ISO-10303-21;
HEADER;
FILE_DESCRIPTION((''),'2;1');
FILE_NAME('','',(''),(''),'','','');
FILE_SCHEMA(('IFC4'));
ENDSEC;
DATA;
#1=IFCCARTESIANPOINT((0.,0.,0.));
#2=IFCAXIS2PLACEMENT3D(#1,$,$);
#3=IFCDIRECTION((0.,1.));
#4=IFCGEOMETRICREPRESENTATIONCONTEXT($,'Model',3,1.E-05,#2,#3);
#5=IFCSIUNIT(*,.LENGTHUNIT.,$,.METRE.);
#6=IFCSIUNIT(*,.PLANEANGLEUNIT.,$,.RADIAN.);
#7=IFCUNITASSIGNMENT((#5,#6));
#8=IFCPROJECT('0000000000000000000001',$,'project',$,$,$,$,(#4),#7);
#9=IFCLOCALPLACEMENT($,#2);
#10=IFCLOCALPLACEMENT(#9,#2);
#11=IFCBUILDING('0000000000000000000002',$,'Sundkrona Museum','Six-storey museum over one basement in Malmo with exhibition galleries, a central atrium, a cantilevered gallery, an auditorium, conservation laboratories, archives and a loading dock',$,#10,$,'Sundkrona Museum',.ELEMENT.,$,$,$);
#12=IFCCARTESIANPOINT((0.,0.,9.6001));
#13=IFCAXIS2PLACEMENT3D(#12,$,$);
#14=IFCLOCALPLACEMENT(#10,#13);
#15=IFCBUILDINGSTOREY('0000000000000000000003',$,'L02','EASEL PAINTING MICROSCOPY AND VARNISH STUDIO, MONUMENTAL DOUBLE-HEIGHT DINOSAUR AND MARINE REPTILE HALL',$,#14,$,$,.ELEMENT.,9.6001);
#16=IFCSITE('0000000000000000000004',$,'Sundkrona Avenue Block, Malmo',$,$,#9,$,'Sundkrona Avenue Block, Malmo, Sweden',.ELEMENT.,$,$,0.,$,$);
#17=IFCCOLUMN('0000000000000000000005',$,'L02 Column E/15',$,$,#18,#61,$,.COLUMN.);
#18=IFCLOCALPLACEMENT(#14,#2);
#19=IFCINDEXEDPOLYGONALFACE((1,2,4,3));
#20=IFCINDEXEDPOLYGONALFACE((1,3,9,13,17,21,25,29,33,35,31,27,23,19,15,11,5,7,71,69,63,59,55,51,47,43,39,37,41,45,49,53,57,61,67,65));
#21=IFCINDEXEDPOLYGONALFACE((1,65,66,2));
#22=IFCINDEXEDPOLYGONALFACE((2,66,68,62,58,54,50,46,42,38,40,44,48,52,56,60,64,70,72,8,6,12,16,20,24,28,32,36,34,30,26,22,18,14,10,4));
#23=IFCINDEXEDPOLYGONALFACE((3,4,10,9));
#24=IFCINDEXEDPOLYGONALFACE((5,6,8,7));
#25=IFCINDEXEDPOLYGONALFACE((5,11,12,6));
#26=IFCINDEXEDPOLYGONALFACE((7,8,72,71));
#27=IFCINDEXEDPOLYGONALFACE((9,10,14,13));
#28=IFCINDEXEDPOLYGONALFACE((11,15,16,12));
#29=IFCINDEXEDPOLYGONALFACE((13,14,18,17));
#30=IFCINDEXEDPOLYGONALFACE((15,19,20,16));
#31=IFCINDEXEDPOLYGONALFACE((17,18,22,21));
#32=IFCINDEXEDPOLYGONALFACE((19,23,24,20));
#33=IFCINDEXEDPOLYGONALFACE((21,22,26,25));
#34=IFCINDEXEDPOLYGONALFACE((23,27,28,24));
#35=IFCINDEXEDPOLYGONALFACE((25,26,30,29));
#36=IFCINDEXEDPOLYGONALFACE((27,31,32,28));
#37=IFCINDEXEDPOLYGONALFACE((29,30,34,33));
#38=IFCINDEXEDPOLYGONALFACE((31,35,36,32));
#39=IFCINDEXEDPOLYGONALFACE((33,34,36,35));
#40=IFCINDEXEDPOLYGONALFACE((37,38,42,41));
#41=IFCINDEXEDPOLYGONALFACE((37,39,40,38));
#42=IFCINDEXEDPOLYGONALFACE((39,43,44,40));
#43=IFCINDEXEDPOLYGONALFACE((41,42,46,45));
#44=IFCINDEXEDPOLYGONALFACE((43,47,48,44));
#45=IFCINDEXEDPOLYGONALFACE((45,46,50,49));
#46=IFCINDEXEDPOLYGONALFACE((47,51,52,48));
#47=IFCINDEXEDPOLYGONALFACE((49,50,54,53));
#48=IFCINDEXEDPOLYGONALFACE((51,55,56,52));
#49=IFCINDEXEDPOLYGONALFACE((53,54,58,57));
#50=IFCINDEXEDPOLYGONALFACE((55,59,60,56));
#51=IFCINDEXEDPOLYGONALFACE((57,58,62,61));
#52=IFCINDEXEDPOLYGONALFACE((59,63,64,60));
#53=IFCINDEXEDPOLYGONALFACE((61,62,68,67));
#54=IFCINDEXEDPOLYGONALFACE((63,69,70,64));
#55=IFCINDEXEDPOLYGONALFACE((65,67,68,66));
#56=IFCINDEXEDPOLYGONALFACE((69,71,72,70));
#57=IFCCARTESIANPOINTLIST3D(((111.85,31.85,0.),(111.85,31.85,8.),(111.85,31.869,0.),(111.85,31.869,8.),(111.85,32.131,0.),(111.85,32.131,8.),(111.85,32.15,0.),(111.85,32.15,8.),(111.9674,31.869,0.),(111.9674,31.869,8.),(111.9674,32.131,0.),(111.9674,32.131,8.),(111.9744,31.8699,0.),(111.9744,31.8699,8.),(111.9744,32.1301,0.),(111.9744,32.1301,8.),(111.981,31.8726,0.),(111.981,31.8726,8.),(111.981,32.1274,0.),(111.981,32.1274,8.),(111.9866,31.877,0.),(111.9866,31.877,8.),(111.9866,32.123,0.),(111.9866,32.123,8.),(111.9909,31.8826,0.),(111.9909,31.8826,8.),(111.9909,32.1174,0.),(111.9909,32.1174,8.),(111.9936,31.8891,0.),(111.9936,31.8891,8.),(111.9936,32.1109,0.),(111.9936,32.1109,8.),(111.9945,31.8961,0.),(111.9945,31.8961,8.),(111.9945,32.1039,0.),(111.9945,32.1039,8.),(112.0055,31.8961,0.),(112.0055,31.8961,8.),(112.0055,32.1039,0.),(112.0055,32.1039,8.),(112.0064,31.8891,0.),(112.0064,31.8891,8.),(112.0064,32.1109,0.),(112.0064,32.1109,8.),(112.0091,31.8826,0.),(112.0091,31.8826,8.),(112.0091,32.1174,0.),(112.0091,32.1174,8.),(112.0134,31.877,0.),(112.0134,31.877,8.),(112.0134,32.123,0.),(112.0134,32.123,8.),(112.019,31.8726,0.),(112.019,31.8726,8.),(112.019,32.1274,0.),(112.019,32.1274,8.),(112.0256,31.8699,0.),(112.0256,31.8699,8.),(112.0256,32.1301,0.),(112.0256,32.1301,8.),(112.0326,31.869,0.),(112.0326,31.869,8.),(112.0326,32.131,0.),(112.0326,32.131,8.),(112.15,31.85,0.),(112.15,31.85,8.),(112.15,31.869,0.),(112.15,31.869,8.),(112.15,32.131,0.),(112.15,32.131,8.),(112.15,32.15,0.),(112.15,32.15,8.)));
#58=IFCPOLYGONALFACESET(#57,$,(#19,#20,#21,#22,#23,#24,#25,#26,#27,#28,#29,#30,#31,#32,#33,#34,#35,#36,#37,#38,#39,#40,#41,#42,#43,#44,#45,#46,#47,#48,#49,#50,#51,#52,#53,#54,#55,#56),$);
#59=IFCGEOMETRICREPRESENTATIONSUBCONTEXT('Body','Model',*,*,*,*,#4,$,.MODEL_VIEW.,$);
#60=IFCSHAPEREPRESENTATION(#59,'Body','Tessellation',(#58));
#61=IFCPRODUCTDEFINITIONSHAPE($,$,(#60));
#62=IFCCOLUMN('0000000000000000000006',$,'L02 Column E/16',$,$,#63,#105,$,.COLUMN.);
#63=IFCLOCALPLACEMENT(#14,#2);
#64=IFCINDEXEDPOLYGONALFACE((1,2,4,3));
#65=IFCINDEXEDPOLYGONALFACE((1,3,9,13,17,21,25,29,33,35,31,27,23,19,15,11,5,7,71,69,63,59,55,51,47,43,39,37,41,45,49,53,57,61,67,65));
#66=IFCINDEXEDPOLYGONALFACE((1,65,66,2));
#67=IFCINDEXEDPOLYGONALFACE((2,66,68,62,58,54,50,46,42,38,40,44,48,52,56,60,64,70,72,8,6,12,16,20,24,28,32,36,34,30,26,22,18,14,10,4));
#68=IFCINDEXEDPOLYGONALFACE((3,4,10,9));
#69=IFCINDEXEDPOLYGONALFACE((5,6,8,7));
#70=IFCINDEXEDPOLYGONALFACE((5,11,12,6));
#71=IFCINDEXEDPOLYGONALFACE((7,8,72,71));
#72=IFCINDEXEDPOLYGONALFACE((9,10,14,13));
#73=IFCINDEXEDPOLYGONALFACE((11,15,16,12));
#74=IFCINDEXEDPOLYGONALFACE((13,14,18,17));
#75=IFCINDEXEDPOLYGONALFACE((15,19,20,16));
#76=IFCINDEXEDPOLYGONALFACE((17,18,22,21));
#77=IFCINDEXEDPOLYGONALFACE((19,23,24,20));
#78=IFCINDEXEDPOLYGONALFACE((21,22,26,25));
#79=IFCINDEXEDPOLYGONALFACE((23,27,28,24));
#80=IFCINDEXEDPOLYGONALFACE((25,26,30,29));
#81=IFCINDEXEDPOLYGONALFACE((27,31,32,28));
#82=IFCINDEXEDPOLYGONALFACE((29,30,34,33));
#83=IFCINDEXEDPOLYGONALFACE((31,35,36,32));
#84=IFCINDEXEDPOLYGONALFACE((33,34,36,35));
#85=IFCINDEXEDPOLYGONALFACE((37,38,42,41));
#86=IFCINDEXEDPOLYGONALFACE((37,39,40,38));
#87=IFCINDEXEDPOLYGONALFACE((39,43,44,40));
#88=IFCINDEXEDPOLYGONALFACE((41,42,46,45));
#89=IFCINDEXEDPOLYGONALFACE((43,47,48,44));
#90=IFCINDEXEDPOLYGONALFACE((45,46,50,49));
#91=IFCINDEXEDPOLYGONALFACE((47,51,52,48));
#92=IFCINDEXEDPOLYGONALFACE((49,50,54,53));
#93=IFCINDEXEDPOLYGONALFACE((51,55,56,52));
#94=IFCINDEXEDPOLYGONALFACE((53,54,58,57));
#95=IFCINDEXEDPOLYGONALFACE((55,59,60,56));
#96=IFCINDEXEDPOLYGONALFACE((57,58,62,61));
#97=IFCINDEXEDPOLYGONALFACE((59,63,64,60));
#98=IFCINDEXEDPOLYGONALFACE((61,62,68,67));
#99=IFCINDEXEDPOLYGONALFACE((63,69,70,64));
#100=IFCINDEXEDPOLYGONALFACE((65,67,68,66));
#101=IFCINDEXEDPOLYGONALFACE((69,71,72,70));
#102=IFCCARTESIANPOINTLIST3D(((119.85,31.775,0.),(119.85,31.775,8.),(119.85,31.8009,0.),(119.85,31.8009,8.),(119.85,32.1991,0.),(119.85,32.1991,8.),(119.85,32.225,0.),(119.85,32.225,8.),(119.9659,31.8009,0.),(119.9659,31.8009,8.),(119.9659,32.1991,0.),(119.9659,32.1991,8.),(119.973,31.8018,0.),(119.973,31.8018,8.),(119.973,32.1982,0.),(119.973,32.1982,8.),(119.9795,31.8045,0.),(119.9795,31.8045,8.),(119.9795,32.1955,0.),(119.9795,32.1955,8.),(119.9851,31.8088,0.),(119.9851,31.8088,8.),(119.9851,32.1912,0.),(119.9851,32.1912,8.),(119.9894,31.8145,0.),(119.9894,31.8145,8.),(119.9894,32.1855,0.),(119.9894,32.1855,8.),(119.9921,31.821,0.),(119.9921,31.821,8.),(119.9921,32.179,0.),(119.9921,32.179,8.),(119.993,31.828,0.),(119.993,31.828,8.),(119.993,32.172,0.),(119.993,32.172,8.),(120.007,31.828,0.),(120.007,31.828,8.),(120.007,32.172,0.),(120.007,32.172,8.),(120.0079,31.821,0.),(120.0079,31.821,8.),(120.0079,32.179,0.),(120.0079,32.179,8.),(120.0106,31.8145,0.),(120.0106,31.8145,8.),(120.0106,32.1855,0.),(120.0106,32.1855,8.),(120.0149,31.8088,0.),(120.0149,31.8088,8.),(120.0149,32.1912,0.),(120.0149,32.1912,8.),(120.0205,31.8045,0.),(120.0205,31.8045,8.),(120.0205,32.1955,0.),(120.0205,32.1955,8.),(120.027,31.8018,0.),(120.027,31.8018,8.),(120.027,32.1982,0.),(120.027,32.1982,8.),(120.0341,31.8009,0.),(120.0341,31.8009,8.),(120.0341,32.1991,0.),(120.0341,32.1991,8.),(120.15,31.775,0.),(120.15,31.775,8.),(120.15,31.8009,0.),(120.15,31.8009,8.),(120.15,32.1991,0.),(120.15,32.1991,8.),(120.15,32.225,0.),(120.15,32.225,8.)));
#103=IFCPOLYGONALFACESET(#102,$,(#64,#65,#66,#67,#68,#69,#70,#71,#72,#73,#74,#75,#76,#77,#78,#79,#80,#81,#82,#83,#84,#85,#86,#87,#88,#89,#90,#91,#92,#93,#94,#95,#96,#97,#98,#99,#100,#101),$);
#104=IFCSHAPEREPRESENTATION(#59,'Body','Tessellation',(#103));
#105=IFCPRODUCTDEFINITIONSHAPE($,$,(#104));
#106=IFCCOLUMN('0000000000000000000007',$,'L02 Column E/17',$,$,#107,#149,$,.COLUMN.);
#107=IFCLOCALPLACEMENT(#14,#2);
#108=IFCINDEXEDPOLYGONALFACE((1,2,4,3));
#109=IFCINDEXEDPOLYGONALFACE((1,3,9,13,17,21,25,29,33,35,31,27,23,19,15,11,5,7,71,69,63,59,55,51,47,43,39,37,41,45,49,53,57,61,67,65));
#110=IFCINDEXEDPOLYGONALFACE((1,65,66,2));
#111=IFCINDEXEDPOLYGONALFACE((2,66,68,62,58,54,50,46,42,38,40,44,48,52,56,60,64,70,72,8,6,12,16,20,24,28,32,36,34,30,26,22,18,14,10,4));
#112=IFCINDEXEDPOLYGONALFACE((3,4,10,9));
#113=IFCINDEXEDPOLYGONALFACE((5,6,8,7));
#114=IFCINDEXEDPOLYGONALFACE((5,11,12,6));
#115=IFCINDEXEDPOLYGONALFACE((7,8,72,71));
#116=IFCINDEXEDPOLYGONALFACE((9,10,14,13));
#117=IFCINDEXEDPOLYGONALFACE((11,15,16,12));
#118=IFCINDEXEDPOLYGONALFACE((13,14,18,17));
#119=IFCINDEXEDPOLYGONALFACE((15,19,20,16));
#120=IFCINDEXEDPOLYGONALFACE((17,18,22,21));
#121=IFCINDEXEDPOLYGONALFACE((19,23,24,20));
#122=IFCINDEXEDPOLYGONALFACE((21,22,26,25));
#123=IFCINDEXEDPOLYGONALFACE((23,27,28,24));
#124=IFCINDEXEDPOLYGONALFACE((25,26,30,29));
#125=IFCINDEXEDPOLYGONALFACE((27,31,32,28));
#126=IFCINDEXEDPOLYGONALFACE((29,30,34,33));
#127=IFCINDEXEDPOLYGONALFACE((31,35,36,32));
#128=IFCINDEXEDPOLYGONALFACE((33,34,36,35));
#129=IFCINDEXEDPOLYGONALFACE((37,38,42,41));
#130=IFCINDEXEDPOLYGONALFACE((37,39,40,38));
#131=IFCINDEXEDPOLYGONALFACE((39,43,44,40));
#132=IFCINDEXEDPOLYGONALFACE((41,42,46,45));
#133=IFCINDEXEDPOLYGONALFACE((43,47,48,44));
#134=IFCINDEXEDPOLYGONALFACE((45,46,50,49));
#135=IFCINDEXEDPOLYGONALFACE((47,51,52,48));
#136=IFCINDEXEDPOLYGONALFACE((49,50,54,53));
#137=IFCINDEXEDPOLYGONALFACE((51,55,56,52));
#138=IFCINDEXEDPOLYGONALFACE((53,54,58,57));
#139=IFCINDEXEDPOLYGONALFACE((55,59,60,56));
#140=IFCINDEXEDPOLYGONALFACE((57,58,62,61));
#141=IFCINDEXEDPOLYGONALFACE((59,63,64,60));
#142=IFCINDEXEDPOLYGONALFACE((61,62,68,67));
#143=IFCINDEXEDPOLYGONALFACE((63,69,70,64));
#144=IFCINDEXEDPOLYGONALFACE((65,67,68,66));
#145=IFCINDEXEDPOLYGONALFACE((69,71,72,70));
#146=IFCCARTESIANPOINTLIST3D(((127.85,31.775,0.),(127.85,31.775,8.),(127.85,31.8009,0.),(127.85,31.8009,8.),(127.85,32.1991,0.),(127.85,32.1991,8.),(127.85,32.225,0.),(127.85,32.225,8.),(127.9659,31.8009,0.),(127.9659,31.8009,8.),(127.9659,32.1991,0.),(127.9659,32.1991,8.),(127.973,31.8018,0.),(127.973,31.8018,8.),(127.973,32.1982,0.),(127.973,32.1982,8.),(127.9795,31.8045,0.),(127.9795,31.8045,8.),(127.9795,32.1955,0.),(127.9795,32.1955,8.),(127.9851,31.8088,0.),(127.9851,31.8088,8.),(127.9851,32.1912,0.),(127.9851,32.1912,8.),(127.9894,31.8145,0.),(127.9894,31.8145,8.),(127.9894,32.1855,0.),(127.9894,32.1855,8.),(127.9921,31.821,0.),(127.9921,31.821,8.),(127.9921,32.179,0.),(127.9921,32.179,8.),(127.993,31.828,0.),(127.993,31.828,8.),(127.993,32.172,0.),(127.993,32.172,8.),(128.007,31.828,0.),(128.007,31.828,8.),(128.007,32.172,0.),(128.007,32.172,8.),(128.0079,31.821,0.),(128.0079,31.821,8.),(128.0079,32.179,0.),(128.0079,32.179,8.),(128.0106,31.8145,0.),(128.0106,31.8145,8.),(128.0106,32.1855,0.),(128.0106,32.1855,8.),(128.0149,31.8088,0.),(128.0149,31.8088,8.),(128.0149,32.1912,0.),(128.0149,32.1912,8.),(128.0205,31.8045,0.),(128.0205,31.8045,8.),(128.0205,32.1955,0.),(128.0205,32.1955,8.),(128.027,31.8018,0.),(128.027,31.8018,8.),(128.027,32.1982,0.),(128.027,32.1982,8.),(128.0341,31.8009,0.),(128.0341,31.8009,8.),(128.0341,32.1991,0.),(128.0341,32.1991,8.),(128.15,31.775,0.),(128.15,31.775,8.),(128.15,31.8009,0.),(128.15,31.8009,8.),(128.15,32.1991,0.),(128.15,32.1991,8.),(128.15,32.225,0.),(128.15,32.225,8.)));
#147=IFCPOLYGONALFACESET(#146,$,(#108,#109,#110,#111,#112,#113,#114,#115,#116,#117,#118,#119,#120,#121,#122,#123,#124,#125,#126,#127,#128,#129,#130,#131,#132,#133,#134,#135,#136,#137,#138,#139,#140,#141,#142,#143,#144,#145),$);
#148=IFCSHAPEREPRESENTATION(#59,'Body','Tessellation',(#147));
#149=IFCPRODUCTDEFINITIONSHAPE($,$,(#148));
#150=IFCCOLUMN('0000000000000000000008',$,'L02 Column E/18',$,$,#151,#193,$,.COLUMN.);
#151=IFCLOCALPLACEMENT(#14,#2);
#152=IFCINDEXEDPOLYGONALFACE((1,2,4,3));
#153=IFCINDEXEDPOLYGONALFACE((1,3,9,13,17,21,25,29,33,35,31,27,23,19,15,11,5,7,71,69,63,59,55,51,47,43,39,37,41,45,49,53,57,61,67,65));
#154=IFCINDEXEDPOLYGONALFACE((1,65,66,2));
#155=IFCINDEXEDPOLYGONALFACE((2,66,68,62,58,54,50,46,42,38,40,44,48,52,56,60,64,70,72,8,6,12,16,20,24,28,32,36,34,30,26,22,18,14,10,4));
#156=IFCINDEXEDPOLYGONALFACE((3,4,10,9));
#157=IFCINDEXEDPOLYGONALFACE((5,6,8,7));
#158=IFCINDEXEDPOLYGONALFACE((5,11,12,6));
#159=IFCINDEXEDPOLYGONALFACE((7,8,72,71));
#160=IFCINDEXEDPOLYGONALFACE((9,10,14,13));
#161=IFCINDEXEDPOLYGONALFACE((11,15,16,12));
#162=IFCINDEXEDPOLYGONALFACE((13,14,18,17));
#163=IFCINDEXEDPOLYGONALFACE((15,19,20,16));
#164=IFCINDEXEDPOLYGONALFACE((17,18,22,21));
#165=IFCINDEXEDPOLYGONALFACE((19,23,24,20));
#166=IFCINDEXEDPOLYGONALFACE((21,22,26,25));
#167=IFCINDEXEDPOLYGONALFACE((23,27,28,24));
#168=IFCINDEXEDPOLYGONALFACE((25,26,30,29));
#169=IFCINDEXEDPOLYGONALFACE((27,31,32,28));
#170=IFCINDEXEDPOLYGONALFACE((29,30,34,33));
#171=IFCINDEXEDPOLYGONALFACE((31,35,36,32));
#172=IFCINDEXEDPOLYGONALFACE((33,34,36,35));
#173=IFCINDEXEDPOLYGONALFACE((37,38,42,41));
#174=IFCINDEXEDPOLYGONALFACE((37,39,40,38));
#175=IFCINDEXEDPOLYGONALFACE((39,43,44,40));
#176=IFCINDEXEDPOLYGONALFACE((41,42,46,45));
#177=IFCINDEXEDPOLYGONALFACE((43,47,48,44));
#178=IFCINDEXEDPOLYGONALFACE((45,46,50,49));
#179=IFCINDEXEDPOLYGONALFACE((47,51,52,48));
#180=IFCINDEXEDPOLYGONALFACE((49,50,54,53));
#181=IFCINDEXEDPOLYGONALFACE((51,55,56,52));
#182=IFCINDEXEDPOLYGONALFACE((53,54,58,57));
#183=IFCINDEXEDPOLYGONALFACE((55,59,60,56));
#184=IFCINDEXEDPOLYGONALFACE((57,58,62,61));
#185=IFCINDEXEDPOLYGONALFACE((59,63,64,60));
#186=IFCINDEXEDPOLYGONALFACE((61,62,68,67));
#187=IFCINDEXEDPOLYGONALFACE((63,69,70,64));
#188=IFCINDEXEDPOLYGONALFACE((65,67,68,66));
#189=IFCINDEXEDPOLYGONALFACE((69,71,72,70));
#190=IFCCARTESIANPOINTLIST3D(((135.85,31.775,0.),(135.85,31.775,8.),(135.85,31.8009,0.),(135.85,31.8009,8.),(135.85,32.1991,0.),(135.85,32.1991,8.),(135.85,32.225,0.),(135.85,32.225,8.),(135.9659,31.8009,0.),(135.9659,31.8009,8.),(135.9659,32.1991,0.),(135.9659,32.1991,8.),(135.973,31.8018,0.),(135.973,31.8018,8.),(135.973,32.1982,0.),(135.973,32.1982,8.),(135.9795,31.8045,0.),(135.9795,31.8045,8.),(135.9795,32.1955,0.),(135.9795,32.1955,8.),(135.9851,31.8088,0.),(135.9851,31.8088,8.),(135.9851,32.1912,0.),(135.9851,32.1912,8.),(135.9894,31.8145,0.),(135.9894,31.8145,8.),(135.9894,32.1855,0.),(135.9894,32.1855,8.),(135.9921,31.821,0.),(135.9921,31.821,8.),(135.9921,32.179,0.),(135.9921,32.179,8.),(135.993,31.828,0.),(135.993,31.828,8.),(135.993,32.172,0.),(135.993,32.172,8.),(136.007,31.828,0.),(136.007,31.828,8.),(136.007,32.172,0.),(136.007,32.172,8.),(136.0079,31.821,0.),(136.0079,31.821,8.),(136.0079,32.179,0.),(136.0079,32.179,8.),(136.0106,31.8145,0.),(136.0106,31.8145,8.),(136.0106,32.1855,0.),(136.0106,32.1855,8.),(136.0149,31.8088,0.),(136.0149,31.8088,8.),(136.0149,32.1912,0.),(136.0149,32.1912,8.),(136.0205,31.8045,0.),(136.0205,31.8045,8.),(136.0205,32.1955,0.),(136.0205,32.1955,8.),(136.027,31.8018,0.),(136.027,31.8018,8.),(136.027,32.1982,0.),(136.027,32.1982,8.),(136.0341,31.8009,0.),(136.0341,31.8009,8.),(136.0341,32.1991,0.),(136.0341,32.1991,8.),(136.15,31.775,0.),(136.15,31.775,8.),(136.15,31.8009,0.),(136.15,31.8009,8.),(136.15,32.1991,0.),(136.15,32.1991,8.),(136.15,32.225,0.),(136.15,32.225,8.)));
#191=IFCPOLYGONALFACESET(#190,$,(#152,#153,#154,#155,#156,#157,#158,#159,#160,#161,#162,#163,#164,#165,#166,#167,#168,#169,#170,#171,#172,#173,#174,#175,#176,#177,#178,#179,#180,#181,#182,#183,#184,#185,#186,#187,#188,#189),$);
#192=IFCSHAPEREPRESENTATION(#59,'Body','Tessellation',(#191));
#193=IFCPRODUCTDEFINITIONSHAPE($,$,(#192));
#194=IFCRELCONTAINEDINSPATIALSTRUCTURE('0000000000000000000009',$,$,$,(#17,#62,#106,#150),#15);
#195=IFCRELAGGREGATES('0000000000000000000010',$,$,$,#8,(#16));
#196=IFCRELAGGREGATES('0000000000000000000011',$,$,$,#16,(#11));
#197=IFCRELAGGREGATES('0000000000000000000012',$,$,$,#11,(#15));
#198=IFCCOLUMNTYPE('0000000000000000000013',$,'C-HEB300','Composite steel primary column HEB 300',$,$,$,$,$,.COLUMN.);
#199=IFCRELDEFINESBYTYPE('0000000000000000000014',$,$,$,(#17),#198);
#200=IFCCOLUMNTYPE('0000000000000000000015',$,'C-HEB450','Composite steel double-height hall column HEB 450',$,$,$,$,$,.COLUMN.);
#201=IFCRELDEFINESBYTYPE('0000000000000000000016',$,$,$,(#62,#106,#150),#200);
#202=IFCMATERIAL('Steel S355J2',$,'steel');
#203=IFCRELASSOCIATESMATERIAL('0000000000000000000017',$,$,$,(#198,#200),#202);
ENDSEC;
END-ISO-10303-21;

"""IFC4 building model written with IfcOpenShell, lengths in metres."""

from ifc_helpers import new_model, si_unit, direction, frame, origin, origin_2d, place, context, subcontext, project, spatial, i_section, extrude, material, material_profile, profile_set, type_object, element, save


model = new_model("IFC4")

# Units and contexts
model_context = context("Model", 3, precision=1e-05, world=origin(), true_north=direction((0.0, 1.0)))
body_context = subcontext(model_context, "Body", "Model", "MODEL_VIEW")
ifc_project = project(units=[si_unit("LENGTHUNIT", "METRE"), si_unit("PLANEANGLEUNIT", "RADIAN")], contexts=[model_context])

# Site, building, storey
site_placement = place(None, origin())
site = spatial("IfcSite", under=ifc_project, at=site_placement, Name="Sundkrona Avenue Block, Malmo", LongName="Sundkrona Avenue Block, Malmo, Sweden", CompositionType="ELEMENT", RefElevation=0.0)
building_placement = place(site_placement, origin())
building = spatial("IfcBuilding", under=site, at=building_placement, Name="Sundkrona Museum", Description="Six-storey museum over one basement in Malmo with exhibition galleries, a central atrium, a cantilevered gallery, an auditorium, conservation laboratories, archives and a loading dock", LongName="Sundkrona Museum", CompositionType="ELEMENT")
storey_placement = place(building_placement, frame((0.0, 0.0, 9.6001)))
storey = spatial("IfcBuildingStorey", under=building, at=storey_placement, Name="L02", Description="EASEL PAINTING MICROSCOPY AND VARNISH STUDIO, MONUMENTAL DOUBLE-HEIGHT DINOSAUR AND MARINE REPTILE HALL", CompositionType="ELEMENT", Elevation=9.6001)

# Columns
ifc_material_1 = material(Name="Steel S355J2", Category="steel")
ifc_material_profile_1 = material_profile(ifc_material_1, i_section(OverallWidth=0.3, OverallDepth=0.3, WebThickness=0.011, FlangeThickness=0.019, FilletRadius=0.0271, at=origin_2d()), Name="HEB 300")
ifc_profile_set_1 = profile_set([ifc_material_profile_1], Name="Steel S355J2")
column_type_1 = type_object("IfcColumnType", Name="C-HEB300", Description="Composite steel primary column HEB 300", PredefinedType="COLUMN", material=ifc_profile_set_1)
column_placement = place(storey_placement, frame((112.0, 32.0, 0.0), z_axis=(0.0, 0.0, 1.0), x_axis=(1.0, 0.0, 0.0)))
element("IfcColumn", 1, at=column_placement, inside=storey, type_object=column_type_1, Name="L02 Column E/15", PredefinedType="COLUMN", context=body_context, shape_type="SweptSolid", body=[
    extrude(i_section(OverallWidth=0.3, OverallDepth=0.3, WebThickness=0.011, FlangeThickness=0.019, FilletRadius=0.0271, at=origin_2d()), origin(), (0.0, 0.0, 1.0), 8.0),
])
ifc_material_profile_2 = material_profile(ifc_material_1, i_section(OverallWidth=0.3, OverallDepth=0.45, WebThickness=0.0139, FlangeThickness=0.0259, FilletRadius=0.0271, at=origin_2d()), Name="HEB 450")
ifc_profile_set_2 = profile_set([ifc_material_profile_2], Name="Steel S355J2")
column_type_2 = type_object("IfcColumnType", Name="C-HEB450", Description="Composite steel double-height hall column HEB 450", PredefinedType="COLUMN", material=ifc_profile_set_2)
for number, where, z_axis, x_axis, name in (
    (2, (120.0, 32.0, 0.0), (0.0, 0.0, 1.0), (1.0, 0.0, 0.0), "L02 Column E/16"),
    (3, (128.0, 32.0, 0.0), (0.0, 0.0, 1.0), (1.0, 0.0, 0.0), "L02 Column E/17"),
    (4, (136.0, 32.0, 0.0), (0.0, 0.0, 1.0), (1.0, 0.0, 0.0), "L02 Column E/18"),
):
    element("IfcColumn", number, at=place(storey_placement, frame(where, z_axis=z_axis, x_axis=x_axis)), inside=storey, type_object=column_type_2, Name=name, PredefinedType="COLUMN", context=body_context, shape_type="SweptSolid", body=[
        extrude(i_section(OverallWidth=0.3, OverallDepth=0.45, WebThickness=0.0139, FlangeThickness=0.0259, FilletRadius=0.0271, at=origin_2d()), origin(), (0.0, 0.0, 1.0), 8.0),
    ])

save(model, "model.ifc")
